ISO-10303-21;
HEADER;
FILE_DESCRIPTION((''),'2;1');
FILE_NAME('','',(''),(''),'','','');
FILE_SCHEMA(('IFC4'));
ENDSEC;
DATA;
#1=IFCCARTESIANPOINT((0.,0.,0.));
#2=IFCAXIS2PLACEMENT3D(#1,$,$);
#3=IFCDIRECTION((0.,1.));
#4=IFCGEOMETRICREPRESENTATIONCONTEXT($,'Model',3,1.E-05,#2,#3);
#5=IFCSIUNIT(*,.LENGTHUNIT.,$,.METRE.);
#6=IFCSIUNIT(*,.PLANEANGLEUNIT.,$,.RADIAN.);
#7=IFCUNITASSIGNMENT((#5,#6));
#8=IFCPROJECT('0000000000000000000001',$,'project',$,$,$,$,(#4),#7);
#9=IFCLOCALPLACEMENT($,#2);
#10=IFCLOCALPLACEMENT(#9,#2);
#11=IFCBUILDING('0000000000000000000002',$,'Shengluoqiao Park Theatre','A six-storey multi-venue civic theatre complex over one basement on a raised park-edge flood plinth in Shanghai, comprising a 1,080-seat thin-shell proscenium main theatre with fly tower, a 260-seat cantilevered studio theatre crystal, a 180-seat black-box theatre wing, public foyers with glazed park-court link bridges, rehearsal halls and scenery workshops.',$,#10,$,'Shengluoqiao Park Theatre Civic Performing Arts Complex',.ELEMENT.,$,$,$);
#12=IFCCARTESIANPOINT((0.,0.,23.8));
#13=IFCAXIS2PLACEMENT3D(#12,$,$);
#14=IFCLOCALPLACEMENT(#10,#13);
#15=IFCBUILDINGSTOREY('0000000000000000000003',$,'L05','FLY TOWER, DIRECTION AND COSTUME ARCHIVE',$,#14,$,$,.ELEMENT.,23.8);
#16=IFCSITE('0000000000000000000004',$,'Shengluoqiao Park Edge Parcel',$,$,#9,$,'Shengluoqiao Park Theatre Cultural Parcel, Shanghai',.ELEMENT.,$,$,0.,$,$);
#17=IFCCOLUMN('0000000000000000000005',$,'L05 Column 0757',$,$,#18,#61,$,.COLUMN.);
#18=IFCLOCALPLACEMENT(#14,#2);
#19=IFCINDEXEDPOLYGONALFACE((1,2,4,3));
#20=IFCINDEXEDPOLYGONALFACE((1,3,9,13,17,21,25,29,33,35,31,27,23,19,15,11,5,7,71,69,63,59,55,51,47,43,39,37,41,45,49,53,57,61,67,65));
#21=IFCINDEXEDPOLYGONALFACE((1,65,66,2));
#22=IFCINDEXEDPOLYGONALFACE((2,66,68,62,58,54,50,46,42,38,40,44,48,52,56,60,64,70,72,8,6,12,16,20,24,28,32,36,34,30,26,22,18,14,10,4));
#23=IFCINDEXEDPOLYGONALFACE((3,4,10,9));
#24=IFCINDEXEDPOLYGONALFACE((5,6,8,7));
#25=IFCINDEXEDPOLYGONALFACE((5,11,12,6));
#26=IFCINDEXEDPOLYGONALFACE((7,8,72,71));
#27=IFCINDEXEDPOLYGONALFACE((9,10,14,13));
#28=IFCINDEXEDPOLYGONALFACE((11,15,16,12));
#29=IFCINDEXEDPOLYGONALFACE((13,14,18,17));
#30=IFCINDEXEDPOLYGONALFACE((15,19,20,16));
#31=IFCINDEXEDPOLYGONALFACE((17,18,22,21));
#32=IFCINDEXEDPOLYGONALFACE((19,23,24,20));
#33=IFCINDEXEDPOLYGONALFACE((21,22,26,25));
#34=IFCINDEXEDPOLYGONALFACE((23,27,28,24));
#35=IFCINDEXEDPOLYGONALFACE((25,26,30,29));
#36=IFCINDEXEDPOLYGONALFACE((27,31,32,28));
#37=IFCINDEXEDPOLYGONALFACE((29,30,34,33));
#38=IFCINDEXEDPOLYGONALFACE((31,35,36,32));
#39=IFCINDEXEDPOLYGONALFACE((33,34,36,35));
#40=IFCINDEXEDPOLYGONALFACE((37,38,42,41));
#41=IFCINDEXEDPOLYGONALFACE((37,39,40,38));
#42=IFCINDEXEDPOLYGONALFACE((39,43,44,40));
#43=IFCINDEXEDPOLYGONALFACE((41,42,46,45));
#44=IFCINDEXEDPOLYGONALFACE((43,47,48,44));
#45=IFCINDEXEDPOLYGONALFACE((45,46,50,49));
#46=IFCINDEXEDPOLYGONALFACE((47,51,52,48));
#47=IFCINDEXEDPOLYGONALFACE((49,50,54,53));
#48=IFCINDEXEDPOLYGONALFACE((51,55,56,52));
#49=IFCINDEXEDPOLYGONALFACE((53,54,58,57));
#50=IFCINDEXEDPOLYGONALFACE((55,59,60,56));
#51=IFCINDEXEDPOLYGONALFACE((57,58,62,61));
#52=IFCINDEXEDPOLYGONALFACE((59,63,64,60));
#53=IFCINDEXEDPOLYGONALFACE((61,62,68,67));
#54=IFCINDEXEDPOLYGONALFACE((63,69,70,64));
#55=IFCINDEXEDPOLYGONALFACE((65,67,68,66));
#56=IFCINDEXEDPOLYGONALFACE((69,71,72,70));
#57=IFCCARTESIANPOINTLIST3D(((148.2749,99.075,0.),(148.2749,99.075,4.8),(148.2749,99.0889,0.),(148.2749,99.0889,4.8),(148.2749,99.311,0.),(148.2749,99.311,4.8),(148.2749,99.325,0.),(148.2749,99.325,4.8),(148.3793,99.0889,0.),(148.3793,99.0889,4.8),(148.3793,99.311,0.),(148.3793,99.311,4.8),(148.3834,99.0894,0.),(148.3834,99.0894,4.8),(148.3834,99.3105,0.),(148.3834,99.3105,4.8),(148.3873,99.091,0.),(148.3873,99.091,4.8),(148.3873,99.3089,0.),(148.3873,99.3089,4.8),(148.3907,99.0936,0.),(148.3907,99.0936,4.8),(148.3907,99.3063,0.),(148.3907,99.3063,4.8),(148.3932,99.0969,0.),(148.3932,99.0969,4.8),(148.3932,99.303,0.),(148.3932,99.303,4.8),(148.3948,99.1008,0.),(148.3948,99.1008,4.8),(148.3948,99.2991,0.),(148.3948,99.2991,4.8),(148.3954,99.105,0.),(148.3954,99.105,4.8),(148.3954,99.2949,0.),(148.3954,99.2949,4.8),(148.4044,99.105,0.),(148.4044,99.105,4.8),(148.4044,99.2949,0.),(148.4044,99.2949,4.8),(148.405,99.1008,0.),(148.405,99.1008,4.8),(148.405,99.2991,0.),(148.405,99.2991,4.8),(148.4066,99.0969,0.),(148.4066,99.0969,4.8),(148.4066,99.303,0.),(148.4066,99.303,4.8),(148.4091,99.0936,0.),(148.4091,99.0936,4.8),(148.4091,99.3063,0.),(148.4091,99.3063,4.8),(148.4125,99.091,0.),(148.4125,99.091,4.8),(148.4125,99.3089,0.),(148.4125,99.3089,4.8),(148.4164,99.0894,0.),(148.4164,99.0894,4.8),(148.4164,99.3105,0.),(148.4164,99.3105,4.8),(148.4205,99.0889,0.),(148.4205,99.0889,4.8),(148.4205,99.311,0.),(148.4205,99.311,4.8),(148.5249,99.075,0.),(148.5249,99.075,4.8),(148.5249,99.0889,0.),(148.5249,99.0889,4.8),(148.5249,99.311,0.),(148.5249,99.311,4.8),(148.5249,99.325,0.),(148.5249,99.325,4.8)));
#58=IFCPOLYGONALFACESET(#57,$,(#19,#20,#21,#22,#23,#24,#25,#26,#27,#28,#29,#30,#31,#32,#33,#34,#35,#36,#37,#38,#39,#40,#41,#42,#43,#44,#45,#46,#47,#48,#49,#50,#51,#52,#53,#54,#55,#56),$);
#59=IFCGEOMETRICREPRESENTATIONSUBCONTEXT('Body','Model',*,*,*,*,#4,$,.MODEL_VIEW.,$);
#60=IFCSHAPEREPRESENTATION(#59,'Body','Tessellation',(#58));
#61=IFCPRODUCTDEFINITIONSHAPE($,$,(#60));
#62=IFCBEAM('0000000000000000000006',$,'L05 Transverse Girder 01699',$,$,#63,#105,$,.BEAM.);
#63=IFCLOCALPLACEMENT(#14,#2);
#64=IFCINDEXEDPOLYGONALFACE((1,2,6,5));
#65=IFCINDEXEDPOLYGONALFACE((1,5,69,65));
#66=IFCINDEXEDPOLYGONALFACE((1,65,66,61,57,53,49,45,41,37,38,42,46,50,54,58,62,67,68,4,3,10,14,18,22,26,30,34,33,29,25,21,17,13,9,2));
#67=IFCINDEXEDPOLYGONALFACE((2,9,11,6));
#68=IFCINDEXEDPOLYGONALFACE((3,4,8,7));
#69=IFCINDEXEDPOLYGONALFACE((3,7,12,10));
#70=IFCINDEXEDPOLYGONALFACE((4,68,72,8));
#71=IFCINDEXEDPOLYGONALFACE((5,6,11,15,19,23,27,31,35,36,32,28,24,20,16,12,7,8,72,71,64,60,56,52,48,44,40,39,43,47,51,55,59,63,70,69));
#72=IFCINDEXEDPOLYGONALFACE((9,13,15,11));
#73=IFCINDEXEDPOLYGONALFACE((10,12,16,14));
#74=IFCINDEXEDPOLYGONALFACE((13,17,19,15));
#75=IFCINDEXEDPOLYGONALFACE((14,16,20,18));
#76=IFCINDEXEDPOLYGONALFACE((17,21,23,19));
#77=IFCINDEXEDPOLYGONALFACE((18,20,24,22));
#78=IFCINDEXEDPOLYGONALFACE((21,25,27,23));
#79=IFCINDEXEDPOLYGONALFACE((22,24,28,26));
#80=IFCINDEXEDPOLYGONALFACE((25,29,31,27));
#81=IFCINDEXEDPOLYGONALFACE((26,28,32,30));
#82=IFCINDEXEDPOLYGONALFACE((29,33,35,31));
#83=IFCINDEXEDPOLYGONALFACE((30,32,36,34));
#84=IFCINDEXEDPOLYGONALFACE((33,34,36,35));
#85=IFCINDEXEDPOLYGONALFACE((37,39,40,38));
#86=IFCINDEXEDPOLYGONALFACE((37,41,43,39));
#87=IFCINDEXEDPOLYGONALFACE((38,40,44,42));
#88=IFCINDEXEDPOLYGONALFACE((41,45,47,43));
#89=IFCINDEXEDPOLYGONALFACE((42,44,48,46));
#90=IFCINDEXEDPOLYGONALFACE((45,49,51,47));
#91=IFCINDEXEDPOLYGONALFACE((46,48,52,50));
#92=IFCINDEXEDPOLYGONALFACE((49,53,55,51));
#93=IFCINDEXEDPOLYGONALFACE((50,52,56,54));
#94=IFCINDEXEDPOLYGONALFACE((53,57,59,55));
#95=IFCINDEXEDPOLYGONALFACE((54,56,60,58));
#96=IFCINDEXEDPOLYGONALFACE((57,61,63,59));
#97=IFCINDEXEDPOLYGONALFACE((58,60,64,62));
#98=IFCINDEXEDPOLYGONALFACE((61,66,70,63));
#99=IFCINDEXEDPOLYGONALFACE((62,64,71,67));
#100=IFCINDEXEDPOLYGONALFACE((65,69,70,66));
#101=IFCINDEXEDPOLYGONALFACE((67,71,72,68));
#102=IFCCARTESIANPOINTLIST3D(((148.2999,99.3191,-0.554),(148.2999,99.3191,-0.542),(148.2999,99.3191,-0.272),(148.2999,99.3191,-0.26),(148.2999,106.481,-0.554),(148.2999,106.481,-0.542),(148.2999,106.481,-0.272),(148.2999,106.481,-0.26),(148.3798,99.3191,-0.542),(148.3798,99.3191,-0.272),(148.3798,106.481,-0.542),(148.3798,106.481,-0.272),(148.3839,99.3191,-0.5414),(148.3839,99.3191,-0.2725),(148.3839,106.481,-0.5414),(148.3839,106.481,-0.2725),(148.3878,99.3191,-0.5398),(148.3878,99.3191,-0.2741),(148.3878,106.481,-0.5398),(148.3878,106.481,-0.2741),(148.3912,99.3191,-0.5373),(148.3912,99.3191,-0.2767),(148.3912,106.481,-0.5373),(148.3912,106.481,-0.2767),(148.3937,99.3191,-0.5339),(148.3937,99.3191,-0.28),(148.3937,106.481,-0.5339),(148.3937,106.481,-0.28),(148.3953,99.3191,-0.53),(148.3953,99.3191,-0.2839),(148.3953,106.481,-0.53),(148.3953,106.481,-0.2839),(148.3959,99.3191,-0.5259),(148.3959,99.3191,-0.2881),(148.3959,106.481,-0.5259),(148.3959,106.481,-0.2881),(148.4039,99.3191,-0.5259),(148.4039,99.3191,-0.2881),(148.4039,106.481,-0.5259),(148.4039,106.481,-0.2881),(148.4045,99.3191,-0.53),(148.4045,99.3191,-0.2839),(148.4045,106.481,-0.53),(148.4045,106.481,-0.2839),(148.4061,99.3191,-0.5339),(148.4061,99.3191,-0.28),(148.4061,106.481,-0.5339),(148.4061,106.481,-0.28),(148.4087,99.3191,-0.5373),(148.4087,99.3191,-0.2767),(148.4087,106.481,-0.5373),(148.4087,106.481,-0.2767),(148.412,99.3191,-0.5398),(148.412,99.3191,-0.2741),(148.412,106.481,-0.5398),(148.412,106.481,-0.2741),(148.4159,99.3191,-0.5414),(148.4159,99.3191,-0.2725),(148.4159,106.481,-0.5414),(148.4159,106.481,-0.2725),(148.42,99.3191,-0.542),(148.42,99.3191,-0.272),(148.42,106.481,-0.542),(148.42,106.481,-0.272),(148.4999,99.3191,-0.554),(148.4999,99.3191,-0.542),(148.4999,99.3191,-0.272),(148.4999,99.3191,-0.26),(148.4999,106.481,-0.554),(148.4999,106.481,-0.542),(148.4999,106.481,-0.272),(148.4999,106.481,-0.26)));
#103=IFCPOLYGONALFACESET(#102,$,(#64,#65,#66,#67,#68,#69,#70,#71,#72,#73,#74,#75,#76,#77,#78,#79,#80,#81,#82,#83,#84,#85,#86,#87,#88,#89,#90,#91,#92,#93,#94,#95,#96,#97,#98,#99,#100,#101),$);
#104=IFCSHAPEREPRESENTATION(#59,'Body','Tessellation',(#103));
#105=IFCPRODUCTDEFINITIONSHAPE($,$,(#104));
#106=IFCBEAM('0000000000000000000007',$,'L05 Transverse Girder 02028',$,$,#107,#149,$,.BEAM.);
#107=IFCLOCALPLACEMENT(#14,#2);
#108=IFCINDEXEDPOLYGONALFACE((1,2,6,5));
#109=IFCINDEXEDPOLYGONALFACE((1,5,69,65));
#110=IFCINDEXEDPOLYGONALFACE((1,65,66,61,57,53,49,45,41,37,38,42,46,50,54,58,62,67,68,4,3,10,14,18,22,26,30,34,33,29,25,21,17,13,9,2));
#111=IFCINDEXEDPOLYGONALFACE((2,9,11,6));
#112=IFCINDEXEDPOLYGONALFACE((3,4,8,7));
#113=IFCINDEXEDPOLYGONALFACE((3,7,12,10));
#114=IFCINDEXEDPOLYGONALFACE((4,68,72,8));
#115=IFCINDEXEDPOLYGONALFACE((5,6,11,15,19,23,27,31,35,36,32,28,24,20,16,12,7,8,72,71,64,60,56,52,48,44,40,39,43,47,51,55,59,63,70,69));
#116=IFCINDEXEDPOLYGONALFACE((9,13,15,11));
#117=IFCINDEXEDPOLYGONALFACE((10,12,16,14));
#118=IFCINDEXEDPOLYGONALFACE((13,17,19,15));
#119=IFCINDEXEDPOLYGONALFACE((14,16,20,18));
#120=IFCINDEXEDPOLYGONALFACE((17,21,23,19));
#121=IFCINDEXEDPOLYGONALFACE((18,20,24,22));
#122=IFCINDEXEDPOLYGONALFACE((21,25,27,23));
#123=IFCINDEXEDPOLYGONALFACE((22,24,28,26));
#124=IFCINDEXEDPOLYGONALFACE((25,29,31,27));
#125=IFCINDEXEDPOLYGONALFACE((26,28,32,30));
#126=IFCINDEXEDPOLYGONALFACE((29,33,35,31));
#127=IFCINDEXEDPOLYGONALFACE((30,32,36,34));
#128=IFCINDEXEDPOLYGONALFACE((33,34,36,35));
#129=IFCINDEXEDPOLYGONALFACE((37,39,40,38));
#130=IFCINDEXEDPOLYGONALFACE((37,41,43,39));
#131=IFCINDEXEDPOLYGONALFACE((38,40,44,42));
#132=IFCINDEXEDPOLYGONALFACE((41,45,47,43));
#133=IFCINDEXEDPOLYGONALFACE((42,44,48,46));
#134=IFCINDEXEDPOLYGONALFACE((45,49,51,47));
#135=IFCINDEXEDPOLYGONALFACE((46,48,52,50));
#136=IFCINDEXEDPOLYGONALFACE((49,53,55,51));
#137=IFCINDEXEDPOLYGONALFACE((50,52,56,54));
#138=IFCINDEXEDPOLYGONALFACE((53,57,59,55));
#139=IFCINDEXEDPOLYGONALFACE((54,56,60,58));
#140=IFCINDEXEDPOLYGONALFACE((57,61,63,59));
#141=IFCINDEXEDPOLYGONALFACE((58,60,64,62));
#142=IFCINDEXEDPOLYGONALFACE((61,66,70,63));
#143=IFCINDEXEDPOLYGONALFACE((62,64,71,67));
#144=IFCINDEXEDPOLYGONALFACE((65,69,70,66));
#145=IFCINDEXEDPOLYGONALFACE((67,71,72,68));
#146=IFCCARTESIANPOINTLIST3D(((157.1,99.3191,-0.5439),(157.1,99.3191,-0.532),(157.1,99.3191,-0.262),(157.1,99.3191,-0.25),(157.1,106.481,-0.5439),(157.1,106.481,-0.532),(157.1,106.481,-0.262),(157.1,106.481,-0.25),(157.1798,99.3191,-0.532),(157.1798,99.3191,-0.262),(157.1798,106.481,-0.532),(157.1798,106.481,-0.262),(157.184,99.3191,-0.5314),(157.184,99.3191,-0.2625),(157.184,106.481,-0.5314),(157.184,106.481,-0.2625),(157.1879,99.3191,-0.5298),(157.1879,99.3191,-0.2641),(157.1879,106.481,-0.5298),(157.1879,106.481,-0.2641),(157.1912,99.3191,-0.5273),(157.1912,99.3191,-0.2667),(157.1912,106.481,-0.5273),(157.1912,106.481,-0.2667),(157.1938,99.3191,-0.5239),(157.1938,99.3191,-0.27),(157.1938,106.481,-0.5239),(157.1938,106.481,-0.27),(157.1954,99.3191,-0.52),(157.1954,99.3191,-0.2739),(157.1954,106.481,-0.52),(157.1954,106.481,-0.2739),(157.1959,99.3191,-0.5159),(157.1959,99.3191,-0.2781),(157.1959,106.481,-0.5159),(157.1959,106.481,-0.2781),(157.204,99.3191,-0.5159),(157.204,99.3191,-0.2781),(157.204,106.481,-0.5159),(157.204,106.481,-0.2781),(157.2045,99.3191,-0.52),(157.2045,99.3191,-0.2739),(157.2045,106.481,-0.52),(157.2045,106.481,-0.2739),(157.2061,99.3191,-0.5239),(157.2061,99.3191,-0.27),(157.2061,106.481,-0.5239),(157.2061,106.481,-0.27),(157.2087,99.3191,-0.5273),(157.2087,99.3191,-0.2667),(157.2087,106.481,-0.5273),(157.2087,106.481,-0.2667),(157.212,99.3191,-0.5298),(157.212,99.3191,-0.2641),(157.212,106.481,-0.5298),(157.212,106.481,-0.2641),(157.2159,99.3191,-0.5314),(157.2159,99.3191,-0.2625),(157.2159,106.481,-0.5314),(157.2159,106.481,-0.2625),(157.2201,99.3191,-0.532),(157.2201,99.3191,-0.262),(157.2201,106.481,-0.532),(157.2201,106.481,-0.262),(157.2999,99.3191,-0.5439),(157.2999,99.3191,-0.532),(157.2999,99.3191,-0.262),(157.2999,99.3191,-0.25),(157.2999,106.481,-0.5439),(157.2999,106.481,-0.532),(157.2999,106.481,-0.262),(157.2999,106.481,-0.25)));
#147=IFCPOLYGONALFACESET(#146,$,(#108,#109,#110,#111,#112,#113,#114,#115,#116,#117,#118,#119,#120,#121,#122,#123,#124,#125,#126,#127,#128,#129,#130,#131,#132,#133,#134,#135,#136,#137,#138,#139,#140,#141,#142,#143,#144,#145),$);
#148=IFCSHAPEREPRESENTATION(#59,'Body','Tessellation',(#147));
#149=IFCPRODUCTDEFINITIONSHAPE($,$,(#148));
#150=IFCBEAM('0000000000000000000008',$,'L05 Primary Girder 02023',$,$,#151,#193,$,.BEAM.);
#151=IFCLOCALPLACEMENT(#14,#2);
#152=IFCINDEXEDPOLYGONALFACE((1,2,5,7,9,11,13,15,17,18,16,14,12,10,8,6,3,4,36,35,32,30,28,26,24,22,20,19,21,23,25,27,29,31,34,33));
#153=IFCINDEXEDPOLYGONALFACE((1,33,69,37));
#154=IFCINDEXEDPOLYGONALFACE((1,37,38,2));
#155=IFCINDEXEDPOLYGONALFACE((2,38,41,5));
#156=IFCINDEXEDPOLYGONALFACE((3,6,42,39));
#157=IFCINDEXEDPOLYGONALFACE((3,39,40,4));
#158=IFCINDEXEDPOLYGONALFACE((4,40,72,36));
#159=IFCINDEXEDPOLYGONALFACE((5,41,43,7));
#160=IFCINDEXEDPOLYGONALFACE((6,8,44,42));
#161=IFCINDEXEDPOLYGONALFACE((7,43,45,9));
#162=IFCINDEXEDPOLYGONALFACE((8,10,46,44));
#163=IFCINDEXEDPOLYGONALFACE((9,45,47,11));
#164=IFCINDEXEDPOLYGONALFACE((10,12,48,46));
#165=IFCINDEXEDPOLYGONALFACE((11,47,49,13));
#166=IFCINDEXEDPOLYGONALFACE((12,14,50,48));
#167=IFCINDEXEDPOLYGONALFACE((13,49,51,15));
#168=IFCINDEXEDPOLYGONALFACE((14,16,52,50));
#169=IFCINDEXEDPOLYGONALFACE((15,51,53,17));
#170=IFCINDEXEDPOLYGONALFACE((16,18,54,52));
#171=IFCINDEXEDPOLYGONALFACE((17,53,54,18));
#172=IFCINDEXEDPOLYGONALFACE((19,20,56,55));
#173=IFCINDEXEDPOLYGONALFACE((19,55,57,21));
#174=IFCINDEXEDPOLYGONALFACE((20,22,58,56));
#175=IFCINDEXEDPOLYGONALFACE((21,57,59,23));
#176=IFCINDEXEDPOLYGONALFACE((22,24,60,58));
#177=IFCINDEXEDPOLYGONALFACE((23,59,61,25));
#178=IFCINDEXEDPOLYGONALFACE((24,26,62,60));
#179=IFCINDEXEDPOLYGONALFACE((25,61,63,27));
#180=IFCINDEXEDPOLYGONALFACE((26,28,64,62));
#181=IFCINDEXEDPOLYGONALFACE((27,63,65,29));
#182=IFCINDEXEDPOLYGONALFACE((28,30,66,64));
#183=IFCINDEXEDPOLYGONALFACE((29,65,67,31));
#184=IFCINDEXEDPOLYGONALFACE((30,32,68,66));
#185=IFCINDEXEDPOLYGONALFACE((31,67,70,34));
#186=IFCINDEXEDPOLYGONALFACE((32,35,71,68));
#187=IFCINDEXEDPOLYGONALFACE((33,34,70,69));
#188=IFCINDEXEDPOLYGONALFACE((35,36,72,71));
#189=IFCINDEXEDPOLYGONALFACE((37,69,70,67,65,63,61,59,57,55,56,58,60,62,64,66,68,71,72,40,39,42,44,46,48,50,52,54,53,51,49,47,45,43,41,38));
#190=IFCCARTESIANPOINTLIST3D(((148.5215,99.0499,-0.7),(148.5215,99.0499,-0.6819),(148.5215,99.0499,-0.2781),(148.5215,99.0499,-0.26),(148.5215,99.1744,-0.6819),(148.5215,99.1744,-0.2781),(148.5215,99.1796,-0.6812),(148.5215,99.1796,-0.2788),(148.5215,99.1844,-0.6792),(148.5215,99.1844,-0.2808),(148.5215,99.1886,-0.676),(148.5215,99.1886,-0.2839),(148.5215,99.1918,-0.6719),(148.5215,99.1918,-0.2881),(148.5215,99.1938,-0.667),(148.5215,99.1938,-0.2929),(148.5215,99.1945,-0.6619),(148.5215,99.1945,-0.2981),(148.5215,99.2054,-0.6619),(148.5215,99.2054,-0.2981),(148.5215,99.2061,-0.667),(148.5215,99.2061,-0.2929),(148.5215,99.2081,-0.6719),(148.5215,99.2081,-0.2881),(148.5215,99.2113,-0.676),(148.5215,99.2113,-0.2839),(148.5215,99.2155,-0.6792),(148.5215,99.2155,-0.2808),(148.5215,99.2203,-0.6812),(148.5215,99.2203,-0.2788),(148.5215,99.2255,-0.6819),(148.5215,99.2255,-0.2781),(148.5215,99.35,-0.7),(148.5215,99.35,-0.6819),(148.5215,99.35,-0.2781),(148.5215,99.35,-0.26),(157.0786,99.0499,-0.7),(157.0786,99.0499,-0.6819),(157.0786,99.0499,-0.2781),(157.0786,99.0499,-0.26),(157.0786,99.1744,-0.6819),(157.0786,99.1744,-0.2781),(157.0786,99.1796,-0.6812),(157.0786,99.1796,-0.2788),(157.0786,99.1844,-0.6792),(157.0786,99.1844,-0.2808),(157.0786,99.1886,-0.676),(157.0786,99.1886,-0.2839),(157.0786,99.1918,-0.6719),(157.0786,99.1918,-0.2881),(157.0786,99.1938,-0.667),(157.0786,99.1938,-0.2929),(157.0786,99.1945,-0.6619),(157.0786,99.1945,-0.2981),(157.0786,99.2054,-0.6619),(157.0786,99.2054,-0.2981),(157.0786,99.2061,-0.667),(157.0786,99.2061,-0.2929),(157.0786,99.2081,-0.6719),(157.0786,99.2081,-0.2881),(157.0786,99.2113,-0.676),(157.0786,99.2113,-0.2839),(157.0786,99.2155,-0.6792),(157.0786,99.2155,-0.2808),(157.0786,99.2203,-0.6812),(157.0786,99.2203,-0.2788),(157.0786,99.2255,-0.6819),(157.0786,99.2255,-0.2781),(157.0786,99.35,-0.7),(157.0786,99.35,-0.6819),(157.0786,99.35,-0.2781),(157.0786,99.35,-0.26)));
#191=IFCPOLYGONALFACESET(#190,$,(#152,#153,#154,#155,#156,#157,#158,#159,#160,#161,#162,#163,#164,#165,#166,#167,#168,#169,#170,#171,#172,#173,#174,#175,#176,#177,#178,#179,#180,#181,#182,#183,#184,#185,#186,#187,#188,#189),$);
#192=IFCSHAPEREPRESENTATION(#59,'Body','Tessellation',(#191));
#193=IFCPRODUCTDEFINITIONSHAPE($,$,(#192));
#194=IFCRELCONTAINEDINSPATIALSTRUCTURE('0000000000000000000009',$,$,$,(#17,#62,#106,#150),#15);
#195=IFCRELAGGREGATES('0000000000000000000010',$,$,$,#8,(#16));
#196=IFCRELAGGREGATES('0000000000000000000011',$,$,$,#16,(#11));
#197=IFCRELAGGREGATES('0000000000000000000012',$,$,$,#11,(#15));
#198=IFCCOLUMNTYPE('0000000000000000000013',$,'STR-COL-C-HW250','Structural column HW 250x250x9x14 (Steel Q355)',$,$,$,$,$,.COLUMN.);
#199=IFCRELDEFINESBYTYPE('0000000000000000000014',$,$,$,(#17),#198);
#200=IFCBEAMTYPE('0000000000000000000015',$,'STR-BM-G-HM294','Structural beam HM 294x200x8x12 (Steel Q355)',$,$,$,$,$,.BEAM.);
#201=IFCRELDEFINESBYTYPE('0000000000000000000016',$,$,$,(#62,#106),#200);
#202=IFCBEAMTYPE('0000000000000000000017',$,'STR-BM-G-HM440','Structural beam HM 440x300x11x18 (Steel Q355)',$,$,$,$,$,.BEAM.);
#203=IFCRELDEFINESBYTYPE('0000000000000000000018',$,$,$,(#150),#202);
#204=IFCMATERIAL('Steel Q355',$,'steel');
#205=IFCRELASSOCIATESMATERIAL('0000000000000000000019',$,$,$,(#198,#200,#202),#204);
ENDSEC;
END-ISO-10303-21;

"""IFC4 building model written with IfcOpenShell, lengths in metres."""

from ifc_helpers import new_model, si_unit, direction, frame, origin, origin_2d, place, context, subcontext, project, spatial, i_section, extrude, material, material_profile, profile_set, type_object, element, save


model = new_model("IFC4")

# Units and contexts
model_context = context("Model", 3, precision=1e-05, world=origin(), true_north=direction((0.0, 1.0)))
body_context = subcontext(model_context, "Body", "Model", "MODEL_VIEW")
ifc_project = project(units=[si_unit("LENGTHUNIT", "METRE"), si_unit("PLANEANGLEUNIT", "RADIAN")], contexts=[model_context])

# Site, building, storey
site_placement = place(None, origin())
site = spatial("IfcSite", under=ifc_project, at=site_placement, Name="Shengluoqiao Park Edge Parcel", LongName="Shengluoqiao Park Theatre Cultural Parcel, Shanghai", CompositionType="ELEMENT", RefElevation=0.0)
building_placement = place(site_placement, origin())
building = spatial("IfcBuilding", under=site, at=building_placement, Name="Shengluoqiao Park Theatre", Description="A six-storey multi-venue civic theatre complex over one basement on a raised park-edge flood plinth in Shanghai, comprising a 1,080-seat thin-shell proscenium main theatre with fly tower, a 260-seat cantilevered studio theatre crystal, a 180-seat black-box theatre wing, public foyers with glazed park-court link bridges, rehearsal halls and scenery workshops.", LongName="Shengluoqiao Park Theatre Civic Performing Arts Complex", CompositionType="ELEMENT")
storey_placement = place(building_placement, frame((0.0, 0.0, 23.8)))
storey = spatial("IfcBuildingStorey", under=building, at=storey_placement, Name="L05", Description="FLY TOWER, DIRECTION AND COSTUME ARCHIVE", CompositionType="ELEMENT", Elevation=23.8)

# Column
ifc_material_1 = material(Name="Steel Q355", Category="steel")
ifc_material_profile_1 = material_profile(ifc_material_1, i_section(OverallWidth=0.25, OverallDepth=0.25, WebThickness=0.009, FlangeThickness=0.0139, FilletRadius=0.0161, at=origin_2d()), Name="HW 250x250x9x14")
ifc_profile_set_1 = profile_set([ifc_material_profile_1], Name="Steel Q355")
column_type = type_object("IfcColumnType", Name="STR-COL-C-HW250", Description="Structural column HW 250x250x9x14 (Steel Q355)", PredefinedType="COLUMN", material=ifc_profile_set_1)
column_placement = place(storey_placement, frame((148.3999, 99.2, 0.0), z_axis=(0.0, 0.0, 1.0), x_axis=(1.0, 0.0, 0.0)))
element("IfcColumn", 1, at=column_placement, inside=storey, type_object=column_type, Name="L05 Column 0757", PredefinedType="COLUMN", context=body_context, shape_type="SweptSolid", body=[
    extrude(i_section(OverallWidth=0.25, OverallDepth=0.25, WebThickness=0.009, FlangeThickness=0.0139, FilletRadius=0.0161, at=origin_2d()), origin(), (0.0, 0.0, 1.0), 4.8),
])

# Beams
ifc_material_profile_2 = material_profile(ifc_material_1, i_section(OverallWidth=0.2, OverallDepth=0.2939, WebThickness=0.0081, FlangeThickness=0.012, FilletRadius=0.0161, at=origin_2d()), Name="HM 294x200x8x12")
ifc_profile_set_2 = profile_set([ifc_material_profile_2], Name="Steel Q355")
beam_type_1 = type_object("IfcBeamType", Name="STR-BM-G-HM294", Description="Structural beam HM 294x200x8x12 (Steel Q355)", PredefinedType="BEAM", material=ifc_profile_set_2)
for number, where, z_axis, x_axis, name in (
    (2, (148.3999, 99.3191, -0.407), (0.0, 1.0, 0.0), (-1.0, 0.0, 0.0), "L05 Transverse Girder 01699"),
    (3, (157.2, 99.3191, -0.397), (0.0, 1.0, 0.0), (-1.0, 0.0, 0.0), "L05 Transverse Girder 02028"),
):
    element("IfcBeam", number, at=place(storey_placement, frame(where, z_axis=z_axis, x_axis=x_axis)), inside=storey, type_object=beam_type_1, Name=name, PredefinedType="BEAM", context=body_context, shape_type="SweptSolid", body=[
        extrude(i_section(OverallWidth=0.2, OverallDepth=0.2939, WebThickness=0.0081, FlangeThickness=0.012, FilletRadius=0.0161, at=origin_2d()), origin(), (0.0, 0.0, 1.0), 7.1619),
    ])
ifc_material_profile_3 = material_profile(ifc_material_1, i_section(OverallWidth=0.3, OverallDepth=0.4399, WebThickness=0.011, FlangeThickness=0.0181, FilletRadius=0.02, at=origin_2d()), Name="HM 440x300x11x18")
ifc_profile_set_3 = profile_set([ifc_material_profile_3], Name="Steel Q355")
beam_type_2 = type_object("IfcBeamType", Name="STR-BM-G-HM440", Description="Structural beam HM 440x300x11x18 (Steel Q355)", PredefinedType="BEAM", material=ifc_profile_set_3)
beam_placement = place(storey_placement, frame((148.5215, 99.2, -0.48), z_axis=(1.0, 0.0, 0.0), x_axis=(0.0, 1.0, 0.0)))
element("IfcBeam", 4, at=beam_placement, inside=storey, type_object=beam_type_2, Name="L05 Primary Girder 02023", PredefinedType="BEAM", context=body_context, shape_type="SweptSolid", body=[
    extrude(i_section(OverallWidth=0.3, OverallDepth=0.4399, WebThickness=0.011, FlangeThickness=0.0181, FilletRadius=0.02, at=origin_2d()), origin(), (0.0, 0.0, 1.0), 8.5571),
])

save(model, "model.ifc")
